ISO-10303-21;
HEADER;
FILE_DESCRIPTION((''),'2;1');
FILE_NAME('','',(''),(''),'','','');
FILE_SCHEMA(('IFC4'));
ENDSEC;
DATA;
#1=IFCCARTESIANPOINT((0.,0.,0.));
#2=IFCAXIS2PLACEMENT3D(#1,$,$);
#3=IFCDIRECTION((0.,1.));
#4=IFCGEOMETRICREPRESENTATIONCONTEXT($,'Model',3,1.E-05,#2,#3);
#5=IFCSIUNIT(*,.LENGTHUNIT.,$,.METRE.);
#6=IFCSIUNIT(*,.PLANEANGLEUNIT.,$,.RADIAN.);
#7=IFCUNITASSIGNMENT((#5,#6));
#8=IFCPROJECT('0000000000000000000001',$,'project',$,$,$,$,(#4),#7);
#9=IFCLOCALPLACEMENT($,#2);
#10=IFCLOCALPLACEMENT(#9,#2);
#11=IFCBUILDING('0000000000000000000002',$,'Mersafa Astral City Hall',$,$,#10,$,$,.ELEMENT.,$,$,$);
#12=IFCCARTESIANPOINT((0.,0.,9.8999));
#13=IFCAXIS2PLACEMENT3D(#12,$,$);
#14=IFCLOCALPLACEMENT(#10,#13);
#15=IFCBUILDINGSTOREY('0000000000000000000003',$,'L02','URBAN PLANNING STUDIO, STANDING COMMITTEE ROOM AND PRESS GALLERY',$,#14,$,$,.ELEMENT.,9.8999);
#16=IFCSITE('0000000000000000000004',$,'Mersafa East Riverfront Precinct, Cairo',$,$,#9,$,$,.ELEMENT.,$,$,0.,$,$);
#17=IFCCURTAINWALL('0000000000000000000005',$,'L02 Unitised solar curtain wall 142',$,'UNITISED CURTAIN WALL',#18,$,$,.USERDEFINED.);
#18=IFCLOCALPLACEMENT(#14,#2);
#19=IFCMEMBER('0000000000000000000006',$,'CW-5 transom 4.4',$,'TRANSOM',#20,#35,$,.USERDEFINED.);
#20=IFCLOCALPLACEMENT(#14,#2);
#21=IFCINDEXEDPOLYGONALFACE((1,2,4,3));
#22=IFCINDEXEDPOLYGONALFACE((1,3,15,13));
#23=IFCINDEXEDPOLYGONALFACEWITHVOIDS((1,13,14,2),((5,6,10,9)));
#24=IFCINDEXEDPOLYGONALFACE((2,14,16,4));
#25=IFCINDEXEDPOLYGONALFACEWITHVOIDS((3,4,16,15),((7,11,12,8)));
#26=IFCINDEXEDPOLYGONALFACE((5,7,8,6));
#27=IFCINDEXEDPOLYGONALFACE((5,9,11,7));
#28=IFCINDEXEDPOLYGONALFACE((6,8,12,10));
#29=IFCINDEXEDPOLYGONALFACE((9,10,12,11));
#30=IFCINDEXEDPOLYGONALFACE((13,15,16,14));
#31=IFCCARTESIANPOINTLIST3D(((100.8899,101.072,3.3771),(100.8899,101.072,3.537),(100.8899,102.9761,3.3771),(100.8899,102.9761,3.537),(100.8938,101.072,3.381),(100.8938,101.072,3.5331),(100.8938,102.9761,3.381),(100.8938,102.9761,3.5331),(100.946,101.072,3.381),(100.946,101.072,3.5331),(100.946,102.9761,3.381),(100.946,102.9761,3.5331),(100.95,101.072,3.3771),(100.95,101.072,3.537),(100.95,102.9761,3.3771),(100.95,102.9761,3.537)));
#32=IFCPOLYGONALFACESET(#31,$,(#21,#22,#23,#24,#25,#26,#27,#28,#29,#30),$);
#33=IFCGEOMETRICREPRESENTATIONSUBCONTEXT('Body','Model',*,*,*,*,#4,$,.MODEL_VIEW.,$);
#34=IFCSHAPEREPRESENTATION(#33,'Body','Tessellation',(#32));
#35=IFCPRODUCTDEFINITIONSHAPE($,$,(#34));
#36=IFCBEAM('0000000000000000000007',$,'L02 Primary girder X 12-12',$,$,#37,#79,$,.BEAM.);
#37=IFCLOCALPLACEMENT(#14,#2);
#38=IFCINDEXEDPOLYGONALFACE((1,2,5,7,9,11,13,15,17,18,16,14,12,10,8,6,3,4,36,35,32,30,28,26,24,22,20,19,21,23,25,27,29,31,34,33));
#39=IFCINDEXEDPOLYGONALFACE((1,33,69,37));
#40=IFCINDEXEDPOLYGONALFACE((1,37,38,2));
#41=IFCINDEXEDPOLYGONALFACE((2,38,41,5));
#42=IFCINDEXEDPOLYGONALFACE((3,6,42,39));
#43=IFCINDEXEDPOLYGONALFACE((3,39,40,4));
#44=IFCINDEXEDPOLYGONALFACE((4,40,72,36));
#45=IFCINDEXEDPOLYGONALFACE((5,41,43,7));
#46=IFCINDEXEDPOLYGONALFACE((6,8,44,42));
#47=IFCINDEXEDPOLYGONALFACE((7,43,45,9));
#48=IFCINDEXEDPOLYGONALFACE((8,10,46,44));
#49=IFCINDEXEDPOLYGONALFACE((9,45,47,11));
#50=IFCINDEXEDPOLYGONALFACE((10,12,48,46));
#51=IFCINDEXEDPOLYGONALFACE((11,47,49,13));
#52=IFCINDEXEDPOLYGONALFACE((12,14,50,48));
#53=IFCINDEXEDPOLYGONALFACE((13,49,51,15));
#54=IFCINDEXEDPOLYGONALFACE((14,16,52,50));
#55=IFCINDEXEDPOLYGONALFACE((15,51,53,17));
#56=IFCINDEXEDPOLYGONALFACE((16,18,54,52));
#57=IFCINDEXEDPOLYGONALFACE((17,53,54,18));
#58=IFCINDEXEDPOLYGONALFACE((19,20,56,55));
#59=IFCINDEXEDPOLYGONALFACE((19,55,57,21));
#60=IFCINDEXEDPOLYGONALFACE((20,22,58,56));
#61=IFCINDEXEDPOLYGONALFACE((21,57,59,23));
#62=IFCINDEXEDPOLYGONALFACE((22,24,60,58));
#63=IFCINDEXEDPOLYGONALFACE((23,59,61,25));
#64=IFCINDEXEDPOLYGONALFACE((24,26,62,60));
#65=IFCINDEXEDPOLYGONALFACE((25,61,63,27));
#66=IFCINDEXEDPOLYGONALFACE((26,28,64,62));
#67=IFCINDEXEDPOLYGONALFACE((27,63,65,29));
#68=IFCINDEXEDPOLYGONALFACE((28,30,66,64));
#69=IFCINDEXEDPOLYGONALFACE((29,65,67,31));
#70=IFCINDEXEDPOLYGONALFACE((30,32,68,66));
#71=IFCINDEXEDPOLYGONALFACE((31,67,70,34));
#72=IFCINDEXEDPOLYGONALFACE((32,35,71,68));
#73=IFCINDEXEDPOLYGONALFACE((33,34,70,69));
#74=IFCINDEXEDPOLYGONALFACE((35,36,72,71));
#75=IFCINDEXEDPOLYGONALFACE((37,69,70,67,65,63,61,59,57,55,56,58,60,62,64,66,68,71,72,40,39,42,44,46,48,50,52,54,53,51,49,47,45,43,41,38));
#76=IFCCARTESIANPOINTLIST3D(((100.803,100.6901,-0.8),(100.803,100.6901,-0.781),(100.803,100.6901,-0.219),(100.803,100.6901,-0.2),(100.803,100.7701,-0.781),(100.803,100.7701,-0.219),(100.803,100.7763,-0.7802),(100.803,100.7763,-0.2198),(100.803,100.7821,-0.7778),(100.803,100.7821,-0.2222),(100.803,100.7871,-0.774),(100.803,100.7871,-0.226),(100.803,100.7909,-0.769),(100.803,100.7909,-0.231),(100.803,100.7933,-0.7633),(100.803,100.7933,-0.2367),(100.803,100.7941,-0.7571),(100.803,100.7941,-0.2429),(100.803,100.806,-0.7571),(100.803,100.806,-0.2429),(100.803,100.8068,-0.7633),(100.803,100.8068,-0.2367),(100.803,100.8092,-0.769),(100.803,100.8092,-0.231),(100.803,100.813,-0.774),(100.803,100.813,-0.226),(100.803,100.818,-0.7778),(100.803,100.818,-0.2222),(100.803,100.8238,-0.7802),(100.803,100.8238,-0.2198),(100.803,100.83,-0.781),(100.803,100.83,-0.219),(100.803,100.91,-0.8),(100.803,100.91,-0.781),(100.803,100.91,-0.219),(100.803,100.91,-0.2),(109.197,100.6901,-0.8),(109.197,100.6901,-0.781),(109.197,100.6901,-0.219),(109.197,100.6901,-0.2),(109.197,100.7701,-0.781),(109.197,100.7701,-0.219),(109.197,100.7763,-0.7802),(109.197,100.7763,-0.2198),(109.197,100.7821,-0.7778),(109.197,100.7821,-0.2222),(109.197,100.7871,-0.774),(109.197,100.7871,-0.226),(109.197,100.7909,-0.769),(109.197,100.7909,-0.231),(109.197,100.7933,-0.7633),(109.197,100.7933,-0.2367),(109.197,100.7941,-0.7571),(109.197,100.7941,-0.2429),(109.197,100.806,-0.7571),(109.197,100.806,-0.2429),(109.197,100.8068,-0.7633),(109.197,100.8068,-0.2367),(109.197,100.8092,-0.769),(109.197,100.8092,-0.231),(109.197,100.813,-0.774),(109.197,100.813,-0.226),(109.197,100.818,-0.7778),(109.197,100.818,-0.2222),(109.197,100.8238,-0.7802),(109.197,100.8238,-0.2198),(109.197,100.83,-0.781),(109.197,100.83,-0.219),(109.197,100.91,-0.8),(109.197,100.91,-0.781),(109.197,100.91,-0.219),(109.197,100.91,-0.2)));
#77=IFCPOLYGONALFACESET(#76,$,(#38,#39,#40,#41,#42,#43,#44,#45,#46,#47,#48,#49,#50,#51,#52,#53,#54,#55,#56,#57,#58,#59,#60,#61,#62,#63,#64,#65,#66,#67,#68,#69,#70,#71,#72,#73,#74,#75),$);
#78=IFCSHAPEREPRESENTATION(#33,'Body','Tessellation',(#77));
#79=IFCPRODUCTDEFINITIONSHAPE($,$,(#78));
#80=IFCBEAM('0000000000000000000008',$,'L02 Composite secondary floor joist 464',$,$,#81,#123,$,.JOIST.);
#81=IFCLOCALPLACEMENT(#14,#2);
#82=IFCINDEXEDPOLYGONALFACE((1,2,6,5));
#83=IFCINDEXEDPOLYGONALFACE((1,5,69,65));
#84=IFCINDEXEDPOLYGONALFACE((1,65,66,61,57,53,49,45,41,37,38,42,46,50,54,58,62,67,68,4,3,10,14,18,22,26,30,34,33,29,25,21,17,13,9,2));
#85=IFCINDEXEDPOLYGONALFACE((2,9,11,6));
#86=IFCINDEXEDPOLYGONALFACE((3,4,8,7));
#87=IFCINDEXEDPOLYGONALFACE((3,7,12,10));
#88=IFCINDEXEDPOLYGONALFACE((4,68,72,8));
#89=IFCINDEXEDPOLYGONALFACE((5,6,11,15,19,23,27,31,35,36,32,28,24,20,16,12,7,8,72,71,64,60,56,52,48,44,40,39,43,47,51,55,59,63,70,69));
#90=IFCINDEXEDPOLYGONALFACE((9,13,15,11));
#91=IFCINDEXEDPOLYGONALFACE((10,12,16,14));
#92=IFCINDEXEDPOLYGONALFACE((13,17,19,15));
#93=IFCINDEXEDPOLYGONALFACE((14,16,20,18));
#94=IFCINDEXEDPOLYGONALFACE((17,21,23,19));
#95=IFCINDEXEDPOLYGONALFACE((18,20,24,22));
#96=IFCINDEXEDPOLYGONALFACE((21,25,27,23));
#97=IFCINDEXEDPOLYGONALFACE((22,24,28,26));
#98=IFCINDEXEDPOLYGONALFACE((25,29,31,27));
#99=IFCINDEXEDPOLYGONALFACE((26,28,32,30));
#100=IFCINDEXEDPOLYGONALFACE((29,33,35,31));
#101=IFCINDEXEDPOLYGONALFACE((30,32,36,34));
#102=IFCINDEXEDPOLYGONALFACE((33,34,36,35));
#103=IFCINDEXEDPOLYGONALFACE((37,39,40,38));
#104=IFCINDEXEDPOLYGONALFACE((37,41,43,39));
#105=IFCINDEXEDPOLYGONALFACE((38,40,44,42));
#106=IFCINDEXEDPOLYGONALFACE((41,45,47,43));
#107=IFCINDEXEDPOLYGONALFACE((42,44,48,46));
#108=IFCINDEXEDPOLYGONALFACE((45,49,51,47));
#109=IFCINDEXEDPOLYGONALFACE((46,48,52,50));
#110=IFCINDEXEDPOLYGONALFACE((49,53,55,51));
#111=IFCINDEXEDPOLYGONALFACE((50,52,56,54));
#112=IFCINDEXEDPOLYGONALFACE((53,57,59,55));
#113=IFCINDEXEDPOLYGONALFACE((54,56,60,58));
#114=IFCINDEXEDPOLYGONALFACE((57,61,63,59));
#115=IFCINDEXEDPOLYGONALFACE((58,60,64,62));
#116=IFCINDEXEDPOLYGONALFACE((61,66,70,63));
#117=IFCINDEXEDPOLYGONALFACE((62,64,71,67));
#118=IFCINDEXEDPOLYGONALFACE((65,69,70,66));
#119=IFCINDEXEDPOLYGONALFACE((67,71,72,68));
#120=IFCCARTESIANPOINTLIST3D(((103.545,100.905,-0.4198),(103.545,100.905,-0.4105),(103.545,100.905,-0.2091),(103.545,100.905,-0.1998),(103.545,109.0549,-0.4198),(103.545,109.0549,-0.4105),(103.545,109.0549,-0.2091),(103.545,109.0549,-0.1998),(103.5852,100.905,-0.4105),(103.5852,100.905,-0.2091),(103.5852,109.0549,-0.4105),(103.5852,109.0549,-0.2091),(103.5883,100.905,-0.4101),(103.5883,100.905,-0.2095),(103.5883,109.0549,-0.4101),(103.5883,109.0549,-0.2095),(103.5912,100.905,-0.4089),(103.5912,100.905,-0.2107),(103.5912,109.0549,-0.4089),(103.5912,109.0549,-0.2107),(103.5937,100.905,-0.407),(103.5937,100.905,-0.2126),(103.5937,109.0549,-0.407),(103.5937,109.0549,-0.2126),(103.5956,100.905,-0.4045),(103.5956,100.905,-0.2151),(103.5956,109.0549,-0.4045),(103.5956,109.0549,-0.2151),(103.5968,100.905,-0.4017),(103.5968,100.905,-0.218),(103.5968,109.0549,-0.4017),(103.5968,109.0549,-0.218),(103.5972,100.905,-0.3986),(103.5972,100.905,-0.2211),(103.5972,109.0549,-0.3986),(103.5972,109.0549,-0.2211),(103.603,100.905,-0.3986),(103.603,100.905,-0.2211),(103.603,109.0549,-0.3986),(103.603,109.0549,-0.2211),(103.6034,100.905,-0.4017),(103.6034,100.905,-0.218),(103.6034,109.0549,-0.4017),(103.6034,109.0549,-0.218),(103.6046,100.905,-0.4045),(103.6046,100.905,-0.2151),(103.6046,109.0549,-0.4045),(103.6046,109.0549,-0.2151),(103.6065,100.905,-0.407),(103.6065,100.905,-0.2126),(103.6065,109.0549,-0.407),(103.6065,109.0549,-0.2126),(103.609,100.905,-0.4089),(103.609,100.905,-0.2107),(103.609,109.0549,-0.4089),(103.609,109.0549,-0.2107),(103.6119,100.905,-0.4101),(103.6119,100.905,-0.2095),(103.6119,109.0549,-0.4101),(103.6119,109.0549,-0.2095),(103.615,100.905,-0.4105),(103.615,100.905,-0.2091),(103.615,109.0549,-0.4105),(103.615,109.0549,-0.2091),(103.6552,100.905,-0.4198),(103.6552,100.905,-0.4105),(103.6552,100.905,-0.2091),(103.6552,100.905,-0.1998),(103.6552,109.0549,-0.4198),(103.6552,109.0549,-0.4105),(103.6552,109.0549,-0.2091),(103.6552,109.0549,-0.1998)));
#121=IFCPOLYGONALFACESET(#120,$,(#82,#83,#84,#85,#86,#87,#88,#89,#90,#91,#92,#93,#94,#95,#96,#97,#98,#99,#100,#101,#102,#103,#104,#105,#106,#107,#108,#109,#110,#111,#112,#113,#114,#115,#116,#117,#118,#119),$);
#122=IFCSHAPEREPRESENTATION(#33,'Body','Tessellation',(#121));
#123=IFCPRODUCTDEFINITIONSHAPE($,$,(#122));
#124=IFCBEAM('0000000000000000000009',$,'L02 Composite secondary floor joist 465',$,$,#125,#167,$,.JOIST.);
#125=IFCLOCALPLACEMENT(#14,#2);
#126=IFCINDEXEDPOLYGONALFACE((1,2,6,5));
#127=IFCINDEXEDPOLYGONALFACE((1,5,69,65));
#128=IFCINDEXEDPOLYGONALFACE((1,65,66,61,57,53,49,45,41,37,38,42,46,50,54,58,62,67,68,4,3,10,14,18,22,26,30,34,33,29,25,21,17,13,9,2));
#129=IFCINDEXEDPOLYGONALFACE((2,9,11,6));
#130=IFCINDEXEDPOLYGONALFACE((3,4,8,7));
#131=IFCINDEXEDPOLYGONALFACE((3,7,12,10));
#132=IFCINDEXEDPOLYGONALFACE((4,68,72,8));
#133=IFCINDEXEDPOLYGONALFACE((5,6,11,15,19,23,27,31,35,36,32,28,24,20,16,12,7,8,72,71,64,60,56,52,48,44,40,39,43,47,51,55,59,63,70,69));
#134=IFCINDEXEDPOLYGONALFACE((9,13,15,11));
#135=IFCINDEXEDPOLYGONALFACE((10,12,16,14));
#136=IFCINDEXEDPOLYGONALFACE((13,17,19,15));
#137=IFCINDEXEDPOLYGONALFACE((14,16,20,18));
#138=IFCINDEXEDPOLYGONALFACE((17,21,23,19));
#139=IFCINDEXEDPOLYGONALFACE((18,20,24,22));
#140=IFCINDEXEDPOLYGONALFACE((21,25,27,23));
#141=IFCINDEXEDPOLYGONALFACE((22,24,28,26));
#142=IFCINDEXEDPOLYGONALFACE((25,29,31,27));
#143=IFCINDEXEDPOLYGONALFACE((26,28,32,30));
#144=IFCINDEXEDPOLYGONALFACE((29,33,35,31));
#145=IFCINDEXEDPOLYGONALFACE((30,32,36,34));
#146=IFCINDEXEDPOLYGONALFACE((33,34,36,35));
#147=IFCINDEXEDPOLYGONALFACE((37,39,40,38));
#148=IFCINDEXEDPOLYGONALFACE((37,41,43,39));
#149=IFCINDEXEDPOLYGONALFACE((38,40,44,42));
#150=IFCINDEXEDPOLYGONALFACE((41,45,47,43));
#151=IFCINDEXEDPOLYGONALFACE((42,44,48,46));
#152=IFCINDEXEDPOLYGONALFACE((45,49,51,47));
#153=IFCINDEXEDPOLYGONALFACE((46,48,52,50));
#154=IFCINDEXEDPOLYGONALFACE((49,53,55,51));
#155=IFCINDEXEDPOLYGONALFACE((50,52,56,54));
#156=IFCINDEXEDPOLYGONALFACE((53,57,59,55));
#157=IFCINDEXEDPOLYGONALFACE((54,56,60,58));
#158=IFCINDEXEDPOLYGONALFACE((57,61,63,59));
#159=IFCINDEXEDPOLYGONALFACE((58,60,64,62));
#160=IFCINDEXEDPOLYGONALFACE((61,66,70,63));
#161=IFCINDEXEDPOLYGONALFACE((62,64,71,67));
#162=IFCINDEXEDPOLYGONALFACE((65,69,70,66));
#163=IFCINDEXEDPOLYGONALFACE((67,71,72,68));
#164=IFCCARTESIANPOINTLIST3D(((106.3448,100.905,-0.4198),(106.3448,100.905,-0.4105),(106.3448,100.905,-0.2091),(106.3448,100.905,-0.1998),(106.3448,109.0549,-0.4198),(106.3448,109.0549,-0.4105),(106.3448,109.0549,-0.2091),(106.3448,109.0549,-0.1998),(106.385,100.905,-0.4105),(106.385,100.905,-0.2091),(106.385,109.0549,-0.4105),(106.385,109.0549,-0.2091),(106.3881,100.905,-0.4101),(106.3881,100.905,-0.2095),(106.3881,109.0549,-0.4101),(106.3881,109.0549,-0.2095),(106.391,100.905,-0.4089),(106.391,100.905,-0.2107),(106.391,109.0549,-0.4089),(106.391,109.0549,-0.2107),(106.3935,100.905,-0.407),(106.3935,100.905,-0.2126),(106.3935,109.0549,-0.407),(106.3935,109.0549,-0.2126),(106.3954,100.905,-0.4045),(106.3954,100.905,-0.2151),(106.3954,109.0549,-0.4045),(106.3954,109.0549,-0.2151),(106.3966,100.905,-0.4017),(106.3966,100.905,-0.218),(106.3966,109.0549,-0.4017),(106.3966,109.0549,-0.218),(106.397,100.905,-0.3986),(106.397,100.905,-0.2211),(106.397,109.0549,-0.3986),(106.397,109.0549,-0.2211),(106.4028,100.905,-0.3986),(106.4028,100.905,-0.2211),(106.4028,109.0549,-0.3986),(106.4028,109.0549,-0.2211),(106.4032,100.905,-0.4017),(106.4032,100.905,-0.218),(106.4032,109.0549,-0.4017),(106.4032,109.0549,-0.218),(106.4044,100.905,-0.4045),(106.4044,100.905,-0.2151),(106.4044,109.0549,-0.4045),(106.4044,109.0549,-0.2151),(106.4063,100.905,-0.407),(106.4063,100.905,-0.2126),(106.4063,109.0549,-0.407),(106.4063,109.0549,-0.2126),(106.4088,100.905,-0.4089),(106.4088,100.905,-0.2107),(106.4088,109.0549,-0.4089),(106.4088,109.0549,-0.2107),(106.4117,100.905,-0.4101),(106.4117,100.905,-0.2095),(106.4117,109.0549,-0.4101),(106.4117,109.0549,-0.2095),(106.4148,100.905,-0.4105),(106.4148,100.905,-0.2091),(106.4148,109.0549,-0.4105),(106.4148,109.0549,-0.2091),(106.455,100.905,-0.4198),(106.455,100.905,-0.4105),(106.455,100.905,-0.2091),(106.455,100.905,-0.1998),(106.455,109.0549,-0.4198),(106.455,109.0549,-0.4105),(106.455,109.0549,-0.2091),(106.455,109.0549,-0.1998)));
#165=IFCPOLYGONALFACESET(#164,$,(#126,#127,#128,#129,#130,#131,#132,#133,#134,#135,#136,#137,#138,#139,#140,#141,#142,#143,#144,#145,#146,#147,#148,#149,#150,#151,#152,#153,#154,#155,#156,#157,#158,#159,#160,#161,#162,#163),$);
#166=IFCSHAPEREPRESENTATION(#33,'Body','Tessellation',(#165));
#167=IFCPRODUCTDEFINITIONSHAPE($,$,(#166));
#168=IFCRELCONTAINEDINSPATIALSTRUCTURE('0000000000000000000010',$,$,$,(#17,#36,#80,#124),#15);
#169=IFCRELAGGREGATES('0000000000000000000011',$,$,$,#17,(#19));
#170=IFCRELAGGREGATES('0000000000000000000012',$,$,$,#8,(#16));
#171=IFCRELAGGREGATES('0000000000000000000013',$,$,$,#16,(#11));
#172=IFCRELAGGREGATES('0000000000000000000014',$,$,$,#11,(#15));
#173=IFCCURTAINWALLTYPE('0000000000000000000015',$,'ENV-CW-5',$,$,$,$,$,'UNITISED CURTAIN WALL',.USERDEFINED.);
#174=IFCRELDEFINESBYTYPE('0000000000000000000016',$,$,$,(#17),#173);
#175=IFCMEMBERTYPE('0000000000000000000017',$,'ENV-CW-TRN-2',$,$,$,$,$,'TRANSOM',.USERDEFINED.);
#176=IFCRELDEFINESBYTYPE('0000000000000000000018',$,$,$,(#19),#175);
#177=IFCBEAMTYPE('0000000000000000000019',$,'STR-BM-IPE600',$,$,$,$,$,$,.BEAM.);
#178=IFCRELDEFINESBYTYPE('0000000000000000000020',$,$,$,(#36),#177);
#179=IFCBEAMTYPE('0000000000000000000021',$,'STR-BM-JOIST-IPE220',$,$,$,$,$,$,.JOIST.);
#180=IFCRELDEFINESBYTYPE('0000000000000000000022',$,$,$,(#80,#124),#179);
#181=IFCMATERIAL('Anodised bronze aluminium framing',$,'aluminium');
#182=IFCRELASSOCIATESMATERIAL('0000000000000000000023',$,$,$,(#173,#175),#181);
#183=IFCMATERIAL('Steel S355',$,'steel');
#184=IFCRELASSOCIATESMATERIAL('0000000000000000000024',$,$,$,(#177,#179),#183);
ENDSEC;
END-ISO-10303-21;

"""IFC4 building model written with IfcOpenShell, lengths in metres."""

from ifc_helpers import new_model, si_unit, direction, frame, origin, origin_2d, place, context, subcontext, project, spatial, hollow_rectangle, i_section, extrude, material, material_profile, profile_set, type_object, element, aggregate, save


model = new_model("IFC4")

# Units and contexts
model_context = context("Model", 3, precision=1e-05, world=origin(), true_north=direction((0.0, 1.0)))
body_context = subcontext(model_context, "Body", "Model", "MODEL_VIEW")
ifc_project = project(units=[si_unit("LENGTHUNIT", "METRE"), si_unit("PLANEANGLEUNIT", "RADIAN")], contexts=[model_context])

# Site, building, storey
site_placement = place(None, origin())
site = spatial("IfcSite", under=ifc_project, at=site_placement, Name="Mersafa East Riverfront Precinct, Cairo", CompositionType="ELEMENT", RefElevation=0.0)
building_placement = place(site_placement, origin())
building = spatial("IfcBuilding", under=site, at=building_placement, Name="Mersafa Astral City Hall", CompositionType="ELEMENT")
storey_placement = place(building_placement, frame((0.0, 0.0, 9.8999)))
storey = spatial("IfcBuildingStorey", under=building, at=storey_placement, Name="L02", Description="URBAN PLANNING STUDIO, STANDING COMMITTEE ROOM AND PRESS GALLERY", CompositionType="ELEMENT", Elevation=9.8999)

# Shared definitions
ifc_material_1 = material(Name="Steel S355", Category="steel")

# Curtain wall
ifc_material_2 = material(Name="Anodised bronze aluminium framing", Category="aluminium")
curtain_wall_type_1 = type_object("IfcCurtainWallType", Name="ENV-CW-5", ElementType="UNITISED CURTAIN WALL", PredefinedType="USERDEFINED", material=ifc_material_2)
curtain_wall_1_placement = place(storey_placement, origin())
curtain_wall_1 = element("IfcCurtainWall", 1, at=curtain_wall_1_placement, inside=storey, type_object=curtain_wall_type_1, Name="L02 Unitised solar curtain wall 142", ObjectType="UNITISED CURTAIN WALL", PredefinedType="USERDEFINED")

# Member
ifc_material_profile_1 = material_profile(ifc_material_2, hollow_rectangle(XDim=0.0601, YDim=0.1599, WallThickness=0.0039, at=origin_2d()), Name="RHS 60x160x4")
ifc_profile_set_1 = profile_set([ifc_material_profile_1], Name="Anodised bronze aluminium framing")
member_type_1 = type_object("IfcMemberType", Name="ENV-CW-TRN-2", ElementType="TRANSOM", PredefinedType="USERDEFINED", material=ifc_profile_set_1)
member_1_placement = place(storey_placement, frame((100.9199, 102.9761, 3.457), z_axis=(0.0, -1.0, 0.0), x_axis=(1.0, 0.0, 0.0)))
member_1 = element("IfcMember", 2, at=member_1_placement, type_object=member_type_1, Name="CW-5 transom 4.4", ObjectType="TRANSOM", PredefinedType="USERDEFINED", context=body_context, shape_type="SweptSolid", body=[
    extrude(hollow_rectangle(XDim=0.0601, YDim=0.1599, WallThickness=0.0039, at=origin_2d()), origin(), (0.0, 0.0, 1.0), 1.9041),
])

# Beams
ifc_material_profile_2 = material_profile(ifc_material_1, i_section(OverallWidth=0.22, OverallDepth=0.6001, WebThickness=0.012, FlangeThickness=0.019, FilletRadius=0.0239, at=origin_2d()), Name="IPE 600")
ifc_profile_set_2 = profile_set([ifc_material_profile_2], Name="Steel S355")
beam_type_1 = type_object("IfcBeamType", Name="STR-BM-IPE600", PredefinedType="BEAM", material=ifc_profile_set_2)
beam_1_placement = place(storey_placement, frame((100.803, 100.8, -0.5), z_axis=(1.0, 0.0, 0.0), x_axis=(0.0, 1.0, 0.0)))
element("IfcBeam", 3, at=beam_1_placement, inside=storey, type_object=beam_type_1, Name="L02 Primary girder X 12-12", PredefinedType="BEAM", context=body_context, shape_type="SweptSolid", body=[
    extrude(i_section(OverallWidth=0.22, OverallDepth=0.6001, WebThickness=0.012, FlangeThickness=0.019, FilletRadius=0.0239, at=origin_2d()), origin(), (0.0, 0.0, 1.0), 8.394),
])
ifc_material_profile_3 = material_profile(ifc_material_1, i_section(OverallWidth=0.1101, OverallDepth=0.22, WebThickness=0.0059, FlangeThickness=0.0093, FilletRadius=0.012, at=origin_2d()), Name="IPE 220")
ifc_profile_set_3 = profile_set([ifc_material_profile_3], Name="Steel S355")
beam_type_2 = type_object("IfcBeamType", Name="STR-BM-JOIST-IPE220", PredefinedType="JOIST", material=ifc_profile_set_3)
for number, where, z_axis, x_axis, name in (
    (4, (103.6001, 100.905, -0.3098), (0.0, 1.0, 0.0), (-1.0, 0.0, 0.0), "L02 Composite secondary floor joist 464"),
    (5, (106.3999, 100.905, -0.3098), (0.0, 1.0, 0.0), (-1.0, 0.0, 0.0), "L02 Composite secondary floor joist 465"),
):
    element("IfcBeam", number, at=place(storey_placement, frame(where, z_axis=z_axis, x_axis=x_axis)), inside=storey, type_object=beam_type_2, Name=name, PredefinedType="JOIST", context=body_context, shape_type="SweptSolid", body=[
        extrude(i_section(OverallWidth=0.1101, OverallDepth=0.22, WebThickness=0.0059, FlangeThickness=0.0093, FilletRadius=0.012, at=origin_2d()), origin(), (0.0, 0.0, 1.0), 8.1499),
    ])

aggregate(curtain_wall_1, [member_1])

save(model, "model.ifc")
